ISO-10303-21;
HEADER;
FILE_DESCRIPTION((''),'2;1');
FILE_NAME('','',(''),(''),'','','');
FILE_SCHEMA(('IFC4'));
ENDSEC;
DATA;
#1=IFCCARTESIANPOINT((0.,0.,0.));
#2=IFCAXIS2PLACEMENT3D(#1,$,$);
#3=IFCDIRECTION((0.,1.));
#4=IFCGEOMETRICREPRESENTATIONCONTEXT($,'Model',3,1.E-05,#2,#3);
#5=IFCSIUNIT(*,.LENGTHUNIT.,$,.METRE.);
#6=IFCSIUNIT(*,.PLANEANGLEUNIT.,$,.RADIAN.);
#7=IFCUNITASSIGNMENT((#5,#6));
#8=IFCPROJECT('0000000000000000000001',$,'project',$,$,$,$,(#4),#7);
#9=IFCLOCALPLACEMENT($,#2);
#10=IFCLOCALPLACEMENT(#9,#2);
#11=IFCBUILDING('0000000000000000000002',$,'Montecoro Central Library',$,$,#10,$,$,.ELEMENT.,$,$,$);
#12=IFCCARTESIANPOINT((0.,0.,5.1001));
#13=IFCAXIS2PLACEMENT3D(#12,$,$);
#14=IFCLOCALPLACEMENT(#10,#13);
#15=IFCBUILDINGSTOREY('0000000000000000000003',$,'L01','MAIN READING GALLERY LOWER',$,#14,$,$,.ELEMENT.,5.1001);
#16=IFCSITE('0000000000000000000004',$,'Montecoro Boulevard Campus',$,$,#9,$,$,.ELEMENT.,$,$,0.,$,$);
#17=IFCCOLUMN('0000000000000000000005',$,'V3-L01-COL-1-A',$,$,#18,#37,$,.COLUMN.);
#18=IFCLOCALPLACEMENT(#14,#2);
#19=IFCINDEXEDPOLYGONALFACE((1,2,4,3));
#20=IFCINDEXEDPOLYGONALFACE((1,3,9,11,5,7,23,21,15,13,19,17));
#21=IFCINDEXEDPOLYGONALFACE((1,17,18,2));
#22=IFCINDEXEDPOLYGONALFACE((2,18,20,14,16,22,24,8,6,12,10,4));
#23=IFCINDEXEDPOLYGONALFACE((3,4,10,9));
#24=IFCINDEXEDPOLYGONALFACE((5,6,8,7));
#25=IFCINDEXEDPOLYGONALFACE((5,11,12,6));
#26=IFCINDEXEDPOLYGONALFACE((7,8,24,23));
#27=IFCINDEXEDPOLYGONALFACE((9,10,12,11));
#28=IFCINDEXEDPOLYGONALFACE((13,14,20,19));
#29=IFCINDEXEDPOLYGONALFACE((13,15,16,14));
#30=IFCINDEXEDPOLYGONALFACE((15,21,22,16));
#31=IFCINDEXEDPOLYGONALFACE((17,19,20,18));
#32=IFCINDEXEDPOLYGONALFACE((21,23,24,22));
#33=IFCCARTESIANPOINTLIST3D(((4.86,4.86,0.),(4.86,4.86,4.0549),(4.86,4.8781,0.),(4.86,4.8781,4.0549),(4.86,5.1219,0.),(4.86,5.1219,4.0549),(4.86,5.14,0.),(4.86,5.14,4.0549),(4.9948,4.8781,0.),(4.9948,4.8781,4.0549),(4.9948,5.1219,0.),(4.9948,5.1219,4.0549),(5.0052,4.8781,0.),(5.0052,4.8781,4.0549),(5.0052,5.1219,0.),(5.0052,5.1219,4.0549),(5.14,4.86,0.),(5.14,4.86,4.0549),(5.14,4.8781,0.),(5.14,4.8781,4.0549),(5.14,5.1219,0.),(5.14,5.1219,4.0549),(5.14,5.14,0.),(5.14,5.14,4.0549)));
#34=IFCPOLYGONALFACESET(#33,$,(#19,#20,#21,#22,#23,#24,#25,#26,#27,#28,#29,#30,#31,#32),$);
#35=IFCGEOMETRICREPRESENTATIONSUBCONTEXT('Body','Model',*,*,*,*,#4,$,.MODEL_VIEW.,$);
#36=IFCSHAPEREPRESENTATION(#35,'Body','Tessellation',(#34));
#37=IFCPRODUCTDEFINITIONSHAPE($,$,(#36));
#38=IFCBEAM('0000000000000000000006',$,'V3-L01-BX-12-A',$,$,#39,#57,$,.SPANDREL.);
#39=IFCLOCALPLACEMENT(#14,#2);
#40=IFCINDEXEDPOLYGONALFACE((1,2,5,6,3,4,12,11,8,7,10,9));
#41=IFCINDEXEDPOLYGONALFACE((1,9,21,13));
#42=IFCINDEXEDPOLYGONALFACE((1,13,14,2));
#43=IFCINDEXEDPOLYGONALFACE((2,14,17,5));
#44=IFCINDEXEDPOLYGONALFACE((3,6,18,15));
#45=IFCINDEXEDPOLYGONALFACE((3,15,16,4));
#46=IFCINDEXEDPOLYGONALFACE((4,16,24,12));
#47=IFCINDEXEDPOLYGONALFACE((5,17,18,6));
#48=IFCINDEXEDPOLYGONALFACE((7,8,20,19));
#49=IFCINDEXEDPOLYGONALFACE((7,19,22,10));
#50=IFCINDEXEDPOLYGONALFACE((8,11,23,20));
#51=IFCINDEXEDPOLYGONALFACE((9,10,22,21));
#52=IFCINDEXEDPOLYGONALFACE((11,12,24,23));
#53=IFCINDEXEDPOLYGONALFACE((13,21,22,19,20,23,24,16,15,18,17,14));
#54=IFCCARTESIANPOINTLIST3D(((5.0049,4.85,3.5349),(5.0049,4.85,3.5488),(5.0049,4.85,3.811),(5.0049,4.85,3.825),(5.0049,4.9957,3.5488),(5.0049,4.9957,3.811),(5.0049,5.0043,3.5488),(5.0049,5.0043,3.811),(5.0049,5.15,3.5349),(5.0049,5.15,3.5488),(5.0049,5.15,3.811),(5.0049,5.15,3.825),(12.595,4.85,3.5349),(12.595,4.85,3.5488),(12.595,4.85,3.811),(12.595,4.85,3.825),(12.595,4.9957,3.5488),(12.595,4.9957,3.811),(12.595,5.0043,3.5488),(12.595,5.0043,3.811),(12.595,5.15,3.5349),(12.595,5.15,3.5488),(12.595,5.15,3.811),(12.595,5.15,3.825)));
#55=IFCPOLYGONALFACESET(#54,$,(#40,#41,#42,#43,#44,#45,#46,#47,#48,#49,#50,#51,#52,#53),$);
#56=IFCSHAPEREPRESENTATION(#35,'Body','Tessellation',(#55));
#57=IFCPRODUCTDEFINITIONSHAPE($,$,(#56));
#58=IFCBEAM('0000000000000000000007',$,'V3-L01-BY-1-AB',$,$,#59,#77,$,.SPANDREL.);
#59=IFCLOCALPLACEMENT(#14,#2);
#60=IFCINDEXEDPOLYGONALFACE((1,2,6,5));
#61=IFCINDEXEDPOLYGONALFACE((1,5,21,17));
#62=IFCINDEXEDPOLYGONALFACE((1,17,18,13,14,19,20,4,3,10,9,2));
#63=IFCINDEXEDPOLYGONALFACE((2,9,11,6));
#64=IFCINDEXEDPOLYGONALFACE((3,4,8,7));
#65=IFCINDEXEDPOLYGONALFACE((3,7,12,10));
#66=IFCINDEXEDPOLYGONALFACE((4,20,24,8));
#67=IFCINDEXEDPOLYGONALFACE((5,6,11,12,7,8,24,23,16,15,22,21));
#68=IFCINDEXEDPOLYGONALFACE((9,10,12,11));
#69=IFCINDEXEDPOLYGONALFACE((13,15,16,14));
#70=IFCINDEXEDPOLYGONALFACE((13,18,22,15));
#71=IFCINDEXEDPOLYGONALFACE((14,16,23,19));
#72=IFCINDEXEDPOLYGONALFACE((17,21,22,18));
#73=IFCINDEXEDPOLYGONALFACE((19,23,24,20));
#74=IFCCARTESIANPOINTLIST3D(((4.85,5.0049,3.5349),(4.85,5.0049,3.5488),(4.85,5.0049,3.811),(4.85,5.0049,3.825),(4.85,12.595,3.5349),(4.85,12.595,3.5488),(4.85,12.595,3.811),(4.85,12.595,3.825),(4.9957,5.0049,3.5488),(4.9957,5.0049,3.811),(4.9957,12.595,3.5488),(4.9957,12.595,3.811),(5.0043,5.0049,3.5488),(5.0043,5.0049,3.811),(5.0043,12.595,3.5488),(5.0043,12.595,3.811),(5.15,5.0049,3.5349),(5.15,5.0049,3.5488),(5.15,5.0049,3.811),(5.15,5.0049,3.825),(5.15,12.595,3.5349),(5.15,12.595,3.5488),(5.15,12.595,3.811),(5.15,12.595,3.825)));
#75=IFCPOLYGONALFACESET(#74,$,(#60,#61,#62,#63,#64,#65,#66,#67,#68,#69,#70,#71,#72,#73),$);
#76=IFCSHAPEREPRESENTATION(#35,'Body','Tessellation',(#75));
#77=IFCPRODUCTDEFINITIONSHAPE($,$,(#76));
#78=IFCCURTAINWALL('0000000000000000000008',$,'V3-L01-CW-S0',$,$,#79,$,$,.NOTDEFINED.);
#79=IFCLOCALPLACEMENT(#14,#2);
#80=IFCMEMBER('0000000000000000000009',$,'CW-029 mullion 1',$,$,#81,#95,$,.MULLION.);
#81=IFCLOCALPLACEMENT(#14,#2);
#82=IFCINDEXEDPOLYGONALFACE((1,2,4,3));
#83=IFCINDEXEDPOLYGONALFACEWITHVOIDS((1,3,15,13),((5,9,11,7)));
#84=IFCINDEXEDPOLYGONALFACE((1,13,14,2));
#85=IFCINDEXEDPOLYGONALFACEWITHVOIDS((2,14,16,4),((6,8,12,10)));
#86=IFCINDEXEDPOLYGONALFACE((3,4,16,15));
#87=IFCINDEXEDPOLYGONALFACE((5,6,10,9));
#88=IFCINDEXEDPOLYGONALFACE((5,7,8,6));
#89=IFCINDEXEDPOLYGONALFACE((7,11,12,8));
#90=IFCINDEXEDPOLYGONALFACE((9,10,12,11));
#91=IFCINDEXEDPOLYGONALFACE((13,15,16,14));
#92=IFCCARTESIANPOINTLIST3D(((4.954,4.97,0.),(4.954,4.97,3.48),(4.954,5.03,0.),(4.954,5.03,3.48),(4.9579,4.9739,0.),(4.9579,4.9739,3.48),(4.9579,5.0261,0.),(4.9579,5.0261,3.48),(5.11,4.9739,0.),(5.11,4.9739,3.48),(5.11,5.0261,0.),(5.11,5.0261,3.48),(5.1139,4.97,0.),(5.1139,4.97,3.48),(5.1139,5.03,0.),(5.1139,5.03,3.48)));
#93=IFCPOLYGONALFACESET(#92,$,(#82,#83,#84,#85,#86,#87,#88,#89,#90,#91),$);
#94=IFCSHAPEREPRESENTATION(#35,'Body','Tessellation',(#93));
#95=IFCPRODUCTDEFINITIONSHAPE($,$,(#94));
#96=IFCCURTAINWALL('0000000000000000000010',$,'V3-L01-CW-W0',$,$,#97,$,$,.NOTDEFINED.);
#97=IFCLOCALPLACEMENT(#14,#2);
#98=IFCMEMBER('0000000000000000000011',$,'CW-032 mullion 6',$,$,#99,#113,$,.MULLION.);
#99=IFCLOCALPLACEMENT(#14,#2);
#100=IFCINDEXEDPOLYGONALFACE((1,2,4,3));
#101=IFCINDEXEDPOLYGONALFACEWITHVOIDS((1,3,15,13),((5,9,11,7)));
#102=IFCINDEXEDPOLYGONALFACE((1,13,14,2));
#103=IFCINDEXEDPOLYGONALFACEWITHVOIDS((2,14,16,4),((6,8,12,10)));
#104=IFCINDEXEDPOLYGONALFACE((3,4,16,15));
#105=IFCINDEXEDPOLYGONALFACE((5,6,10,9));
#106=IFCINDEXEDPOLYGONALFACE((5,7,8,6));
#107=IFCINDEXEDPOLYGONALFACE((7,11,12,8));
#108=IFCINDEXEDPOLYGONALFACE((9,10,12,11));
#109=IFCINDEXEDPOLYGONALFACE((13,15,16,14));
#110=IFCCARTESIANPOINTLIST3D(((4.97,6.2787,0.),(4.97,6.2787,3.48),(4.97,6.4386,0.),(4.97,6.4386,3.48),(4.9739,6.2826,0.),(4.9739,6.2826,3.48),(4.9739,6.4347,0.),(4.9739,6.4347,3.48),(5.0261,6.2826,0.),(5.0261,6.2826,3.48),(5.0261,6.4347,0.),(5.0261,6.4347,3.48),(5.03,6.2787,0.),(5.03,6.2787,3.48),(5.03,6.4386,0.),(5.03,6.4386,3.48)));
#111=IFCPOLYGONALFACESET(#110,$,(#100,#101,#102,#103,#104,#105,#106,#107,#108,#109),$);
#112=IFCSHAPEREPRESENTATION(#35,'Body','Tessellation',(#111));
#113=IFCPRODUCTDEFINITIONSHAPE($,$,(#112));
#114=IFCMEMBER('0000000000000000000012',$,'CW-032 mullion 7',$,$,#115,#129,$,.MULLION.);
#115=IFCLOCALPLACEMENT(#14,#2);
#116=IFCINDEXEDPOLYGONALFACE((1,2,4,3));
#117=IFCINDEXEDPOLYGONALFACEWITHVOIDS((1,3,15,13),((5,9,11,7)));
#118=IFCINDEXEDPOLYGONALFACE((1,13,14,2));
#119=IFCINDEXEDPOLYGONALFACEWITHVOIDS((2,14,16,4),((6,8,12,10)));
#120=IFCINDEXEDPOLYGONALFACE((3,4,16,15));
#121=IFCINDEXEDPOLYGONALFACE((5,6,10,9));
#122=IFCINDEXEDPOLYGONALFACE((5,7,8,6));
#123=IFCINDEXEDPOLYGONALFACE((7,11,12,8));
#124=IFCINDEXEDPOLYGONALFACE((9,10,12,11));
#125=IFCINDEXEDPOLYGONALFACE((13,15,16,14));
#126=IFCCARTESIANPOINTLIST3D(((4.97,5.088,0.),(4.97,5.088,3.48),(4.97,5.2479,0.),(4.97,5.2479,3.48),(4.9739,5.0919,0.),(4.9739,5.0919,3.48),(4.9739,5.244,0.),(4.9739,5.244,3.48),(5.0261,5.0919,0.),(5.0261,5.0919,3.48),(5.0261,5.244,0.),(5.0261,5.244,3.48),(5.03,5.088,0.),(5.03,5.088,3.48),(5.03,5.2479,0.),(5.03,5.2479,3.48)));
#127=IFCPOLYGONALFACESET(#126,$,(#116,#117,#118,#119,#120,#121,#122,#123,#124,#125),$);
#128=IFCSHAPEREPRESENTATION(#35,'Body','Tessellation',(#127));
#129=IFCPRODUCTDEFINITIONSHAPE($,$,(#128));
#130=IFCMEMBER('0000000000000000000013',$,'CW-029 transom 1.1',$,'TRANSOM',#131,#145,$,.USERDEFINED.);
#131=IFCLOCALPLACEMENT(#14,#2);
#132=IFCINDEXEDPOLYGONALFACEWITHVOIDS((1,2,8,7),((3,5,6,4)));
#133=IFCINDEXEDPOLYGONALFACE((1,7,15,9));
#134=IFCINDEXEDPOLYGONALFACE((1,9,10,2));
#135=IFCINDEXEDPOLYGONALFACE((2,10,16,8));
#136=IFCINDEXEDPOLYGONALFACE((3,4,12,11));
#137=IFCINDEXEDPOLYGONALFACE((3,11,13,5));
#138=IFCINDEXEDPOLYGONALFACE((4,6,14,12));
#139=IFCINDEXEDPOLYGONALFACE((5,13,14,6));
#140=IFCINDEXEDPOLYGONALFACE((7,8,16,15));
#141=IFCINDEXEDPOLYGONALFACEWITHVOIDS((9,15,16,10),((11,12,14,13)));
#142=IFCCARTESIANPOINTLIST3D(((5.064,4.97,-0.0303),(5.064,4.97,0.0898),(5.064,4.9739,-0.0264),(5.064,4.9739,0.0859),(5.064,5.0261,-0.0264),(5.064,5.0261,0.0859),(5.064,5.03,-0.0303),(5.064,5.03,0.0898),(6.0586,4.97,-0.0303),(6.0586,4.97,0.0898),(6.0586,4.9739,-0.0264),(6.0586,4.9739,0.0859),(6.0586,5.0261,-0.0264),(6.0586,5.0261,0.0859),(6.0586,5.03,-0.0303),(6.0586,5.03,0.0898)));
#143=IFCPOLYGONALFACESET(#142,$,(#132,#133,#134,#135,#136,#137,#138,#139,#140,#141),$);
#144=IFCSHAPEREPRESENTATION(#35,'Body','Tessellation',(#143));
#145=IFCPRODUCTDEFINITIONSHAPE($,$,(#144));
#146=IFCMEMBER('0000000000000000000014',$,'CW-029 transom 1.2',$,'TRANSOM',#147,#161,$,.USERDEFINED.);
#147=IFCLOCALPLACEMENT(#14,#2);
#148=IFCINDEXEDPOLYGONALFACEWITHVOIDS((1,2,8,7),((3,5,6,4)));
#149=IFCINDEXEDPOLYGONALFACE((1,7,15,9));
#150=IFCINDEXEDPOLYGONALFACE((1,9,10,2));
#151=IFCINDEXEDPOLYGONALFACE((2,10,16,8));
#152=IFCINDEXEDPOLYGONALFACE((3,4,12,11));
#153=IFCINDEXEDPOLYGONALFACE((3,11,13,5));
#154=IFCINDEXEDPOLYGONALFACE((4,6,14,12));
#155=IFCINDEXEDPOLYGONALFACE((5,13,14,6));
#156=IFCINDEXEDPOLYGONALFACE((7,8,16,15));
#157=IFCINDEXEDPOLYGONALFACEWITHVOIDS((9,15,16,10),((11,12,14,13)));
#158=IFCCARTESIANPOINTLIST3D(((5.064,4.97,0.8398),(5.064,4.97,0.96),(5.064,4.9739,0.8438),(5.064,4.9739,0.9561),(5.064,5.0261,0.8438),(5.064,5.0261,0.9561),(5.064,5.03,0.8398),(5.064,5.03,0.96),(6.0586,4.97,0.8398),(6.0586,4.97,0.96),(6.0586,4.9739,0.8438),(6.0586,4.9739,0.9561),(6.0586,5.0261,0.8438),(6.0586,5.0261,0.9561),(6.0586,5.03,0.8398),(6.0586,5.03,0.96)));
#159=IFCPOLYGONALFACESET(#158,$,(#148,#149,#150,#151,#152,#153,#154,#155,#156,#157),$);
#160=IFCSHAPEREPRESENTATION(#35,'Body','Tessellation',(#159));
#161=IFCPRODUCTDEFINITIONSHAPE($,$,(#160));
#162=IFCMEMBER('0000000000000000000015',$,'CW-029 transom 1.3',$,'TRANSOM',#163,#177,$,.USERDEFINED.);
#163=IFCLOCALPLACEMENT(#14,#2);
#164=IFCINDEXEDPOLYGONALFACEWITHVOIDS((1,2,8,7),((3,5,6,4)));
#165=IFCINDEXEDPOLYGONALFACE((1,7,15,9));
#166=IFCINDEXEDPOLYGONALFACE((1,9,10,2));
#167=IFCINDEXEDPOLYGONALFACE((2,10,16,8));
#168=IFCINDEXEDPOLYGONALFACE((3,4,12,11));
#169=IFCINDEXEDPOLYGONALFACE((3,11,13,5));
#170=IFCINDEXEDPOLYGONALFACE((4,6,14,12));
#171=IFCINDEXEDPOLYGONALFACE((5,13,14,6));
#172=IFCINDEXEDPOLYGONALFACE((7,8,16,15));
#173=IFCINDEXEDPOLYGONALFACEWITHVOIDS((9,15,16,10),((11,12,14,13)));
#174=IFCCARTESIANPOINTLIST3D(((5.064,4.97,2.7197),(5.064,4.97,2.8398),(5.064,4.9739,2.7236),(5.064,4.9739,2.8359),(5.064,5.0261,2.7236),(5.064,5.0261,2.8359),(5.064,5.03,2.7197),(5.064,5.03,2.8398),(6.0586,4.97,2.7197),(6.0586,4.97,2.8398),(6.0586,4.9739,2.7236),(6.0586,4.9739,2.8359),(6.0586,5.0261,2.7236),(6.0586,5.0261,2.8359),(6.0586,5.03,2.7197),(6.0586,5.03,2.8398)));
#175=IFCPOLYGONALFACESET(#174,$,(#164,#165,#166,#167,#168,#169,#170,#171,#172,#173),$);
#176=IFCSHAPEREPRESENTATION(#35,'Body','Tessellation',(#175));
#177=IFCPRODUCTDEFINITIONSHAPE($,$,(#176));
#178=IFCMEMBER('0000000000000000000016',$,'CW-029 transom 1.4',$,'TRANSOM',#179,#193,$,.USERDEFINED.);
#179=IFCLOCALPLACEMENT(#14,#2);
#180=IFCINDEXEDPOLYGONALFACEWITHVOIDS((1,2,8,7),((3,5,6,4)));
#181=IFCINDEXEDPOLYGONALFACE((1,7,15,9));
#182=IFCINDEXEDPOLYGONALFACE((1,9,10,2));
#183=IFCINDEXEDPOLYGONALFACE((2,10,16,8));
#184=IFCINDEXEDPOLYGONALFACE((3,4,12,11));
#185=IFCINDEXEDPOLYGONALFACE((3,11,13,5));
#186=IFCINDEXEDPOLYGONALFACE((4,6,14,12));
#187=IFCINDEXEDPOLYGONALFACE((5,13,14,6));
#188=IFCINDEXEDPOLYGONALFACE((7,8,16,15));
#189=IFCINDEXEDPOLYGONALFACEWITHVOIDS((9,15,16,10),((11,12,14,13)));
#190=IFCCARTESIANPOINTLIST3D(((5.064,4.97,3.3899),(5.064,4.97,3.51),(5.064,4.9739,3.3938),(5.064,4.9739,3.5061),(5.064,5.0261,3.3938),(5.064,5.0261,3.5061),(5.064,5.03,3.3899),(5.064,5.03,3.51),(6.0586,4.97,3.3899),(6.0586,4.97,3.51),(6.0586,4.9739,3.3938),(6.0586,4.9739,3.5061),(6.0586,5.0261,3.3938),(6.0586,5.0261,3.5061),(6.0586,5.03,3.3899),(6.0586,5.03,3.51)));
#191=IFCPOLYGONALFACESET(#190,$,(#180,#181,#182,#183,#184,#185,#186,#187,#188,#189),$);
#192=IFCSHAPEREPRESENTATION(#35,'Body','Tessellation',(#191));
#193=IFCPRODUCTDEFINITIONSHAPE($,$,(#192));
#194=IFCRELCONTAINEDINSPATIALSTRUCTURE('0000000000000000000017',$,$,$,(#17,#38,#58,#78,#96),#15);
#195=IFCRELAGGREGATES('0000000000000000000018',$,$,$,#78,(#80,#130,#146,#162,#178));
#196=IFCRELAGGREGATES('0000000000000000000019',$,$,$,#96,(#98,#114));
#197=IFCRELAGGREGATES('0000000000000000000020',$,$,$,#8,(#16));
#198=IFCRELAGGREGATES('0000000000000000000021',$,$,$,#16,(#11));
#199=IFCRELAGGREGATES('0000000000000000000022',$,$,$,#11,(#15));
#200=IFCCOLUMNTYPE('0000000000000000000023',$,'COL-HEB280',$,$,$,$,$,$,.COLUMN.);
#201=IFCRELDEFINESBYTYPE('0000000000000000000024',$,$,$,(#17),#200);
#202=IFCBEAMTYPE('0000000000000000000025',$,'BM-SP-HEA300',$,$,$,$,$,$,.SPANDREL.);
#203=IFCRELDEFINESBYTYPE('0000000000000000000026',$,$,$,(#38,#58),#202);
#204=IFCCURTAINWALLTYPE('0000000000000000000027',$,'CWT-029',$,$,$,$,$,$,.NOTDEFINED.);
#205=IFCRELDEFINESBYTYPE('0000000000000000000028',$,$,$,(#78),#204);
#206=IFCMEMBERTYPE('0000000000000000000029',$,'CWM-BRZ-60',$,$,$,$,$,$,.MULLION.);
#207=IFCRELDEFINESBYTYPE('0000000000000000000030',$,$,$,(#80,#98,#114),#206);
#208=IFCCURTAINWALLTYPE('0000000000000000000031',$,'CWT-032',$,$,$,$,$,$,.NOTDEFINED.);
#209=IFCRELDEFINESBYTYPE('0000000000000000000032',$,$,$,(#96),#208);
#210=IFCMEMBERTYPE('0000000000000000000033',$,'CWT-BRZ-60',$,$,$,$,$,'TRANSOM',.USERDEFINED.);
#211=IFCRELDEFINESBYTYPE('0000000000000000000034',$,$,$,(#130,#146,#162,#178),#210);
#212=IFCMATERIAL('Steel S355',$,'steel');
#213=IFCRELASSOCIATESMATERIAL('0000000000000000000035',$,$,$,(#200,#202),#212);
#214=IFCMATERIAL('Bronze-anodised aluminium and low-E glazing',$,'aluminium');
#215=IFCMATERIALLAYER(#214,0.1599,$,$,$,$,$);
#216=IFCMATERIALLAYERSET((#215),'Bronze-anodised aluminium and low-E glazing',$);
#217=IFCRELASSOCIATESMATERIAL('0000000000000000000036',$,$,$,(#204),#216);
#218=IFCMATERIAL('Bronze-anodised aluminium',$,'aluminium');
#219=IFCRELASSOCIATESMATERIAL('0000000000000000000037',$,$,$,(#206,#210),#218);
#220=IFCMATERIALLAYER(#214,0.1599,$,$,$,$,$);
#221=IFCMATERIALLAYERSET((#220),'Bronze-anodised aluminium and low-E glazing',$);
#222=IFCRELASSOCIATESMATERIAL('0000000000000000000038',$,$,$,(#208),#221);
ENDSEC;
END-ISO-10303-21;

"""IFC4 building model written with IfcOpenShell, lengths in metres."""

from ifc_helpers import new_model, si_unit, direction, frame, origin, origin_2d, place, context, subcontext, project, spatial, hollow_rectangle, i_section, extrude, material, layer, layer_set, material_profile, profile_set, type_object, element, aggregate, save


model = new_model("IFC4")

# Units and contexts
model_context = context("Model", 3, precision=1e-05, world=origin(), true_north=direction((0.0, 1.0)))
body_context = subcontext(model_context, "Body", "Model", "MODEL_VIEW")
ifc_project = project(units=[si_unit("LENGTHUNIT", "METRE"), si_unit("PLANEANGLEUNIT", "RADIAN")], contexts=[model_context])

# Site, building, storey
site_placement = place(None, origin())
site = spatial("IfcSite", under=ifc_project, at=site_placement, Name="Montecoro Boulevard Campus", CompositionType="ELEMENT", RefElevation=0.0)
building_placement = place(site_placement, origin())
building = spatial("IfcBuilding", under=site, at=building_placement, Name="Montecoro Central Library", CompositionType="ELEMENT")
storey_placement = place(building_placement, frame((0.0, 0.0, 5.1001)))
storey = spatial("IfcBuildingStorey", under=building, at=storey_placement, Name="L01", Description="MAIN READING GALLERY LOWER", CompositionType="ELEMENT", Elevation=5.1001)

# Column
ifc_material_1 = material(Name="Steel S355", Category="steel")
ifc_material_profile_1 = material_profile(ifc_material_1, i_section(OverallWidth=0.28, OverallDepth=0.28, WebThickness=0.0105, FlangeThickness=0.0181, at=origin_2d()), Name="HEB 280")
ifc_profile_set_1 = profile_set([ifc_material_profile_1], Name="Steel S355")
column_type = type_object("IfcColumnType", Name="COL-HEB280", PredefinedType="COLUMN", material=ifc_profile_set_1)
column_placement = place(storey_placement, frame((5.0, 5.0, 0.0), z_axis=(0.0, 0.0, 1.0), x_axis=(1.0, 0.0, 0.0)))
element("IfcColumn", 1, at=column_placement, inside=storey, type_object=column_type, Name="V3-L01-COL-1-A", PredefinedType="COLUMN", context=body_context, shape_type="SweptSolid", body=[
    extrude(i_section(OverallWidth=0.28, OverallDepth=0.28, WebThickness=0.0105, FlangeThickness=0.0181, at=origin_2d()), origin(), (0.0, 0.0, 1.0), 4.0549),
])

# Beams
ifc_material_profile_2 = material_profile(ifc_material_1, i_section(OverallWidth=0.3, OverallDepth=0.29, WebThickness=0.0085, FlangeThickness=0.0139, at=origin_2d()), Name="HEA 300")
ifc_profile_set_2 = profile_set([ifc_material_profile_2], Name="Steel S355")
beam_type = type_object("IfcBeamType", Name="BM-SP-HEA300", PredefinedType="SPANDREL", material=ifc_profile_set_2)
for number, where, z_axis, x_axis, name in (
    (2, (5.0049, 5.0, 3.6799), (1.0, 0.0, 0.0), (0.0, 1.0, 0.0), "V3-L01-BX-12-A"),
    (3, (5.0, 5.0049, 3.6799), (0.0, 1.0, 0.0), (-1.0, 0.0, 0.0), "V3-L01-BY-1-AB"),
):
    element("IfcBeam", number, at=place(storey_placement, frame(where, z_axis=z_axis, x_axis=x_axis)), inside=storey, type_object=beam_type, Name=name, PredefinedType="SPANDREL", context=body_context, shape_type="SweptSolid", body=[
        extrude(i_section(OverallWidth=0.3, OverallDepth=0.29, WebThickness=0.0085, FlangeThickness=0.0139, at=origin_2d()), origin(), (0.0, 0.0, 1.0), 7.5901),
    ])

# Curtain wall, member
ifc_material_2 = material(Name="Bronze-anodised aluminium and low-E glazing", Category="aluminium")
ifc_layer_1 = layer(ifc_material_2, 0.1599)
ifc_layer_set_1 = layer_set([ifc_layer_1], Name="Bronze-anodised aluminium and low-E glazing")
curtain_wall_type_1 = type_object("IfcCurtainWallType", Name="CWT-029", PredefinedType="NOTDEFINED", material=ifc_layer_set_1)
curtain_wall_1_placement = place(storey_placement, origin())
curtain_wall_1 = element("IfcCurtainWall", 4, at=curtain_wall_1_placement, inside=storey, type_object=curtain_wall_type_1, Name="V3-L01-CW-S0", PredefinedType="NOTDEFINED")
ifc_material_3 = material(Name="Bronze-anodised aluminium", Category="aluminium")
ifc_material_profile_3 = material_profile(ifc_material_3, hollow_rectangle(XDim=0.0601, YDim=0.1599, WallThickness=0.0039, at=origin_2d()), Name="CWM 160x60x4.0")
ifc_profile_set_3 = profile_set([ifc_material_profile_3], Name="Bronze-anodised aluminium")
member_type_1 = type_object("IfcMemberType", Name="CWM-BRZ-60", PredefinedType="MULLION", material=ifc_profile_set_3)
member_1_placement = place(storey_placement, frame((5.0339, 5.0, 0.0), z_axis=(0.0, 0.0, 1.0), x_axis=(0.0, 1.0, 0.0)))
member_1 = element("IfcMember", 5, at=member_1_placement, type_object=member_type_1, Name="CW-029 mullion 1", PredefinedType="MULLION", context=body_context, shape_type="SweptSolid", body=[
    extrude(hollow_rectangle(XDim=0.0601, YDim=0.1599, WallThickness=0.0039, at=origin_2d()), origin(), (0.0, 0.0, 1.0), 3.48),
])

# Curtain wall, members
ifc_layer_2 = layer(ifc_material_2, 0.1599)
ifc_layer_set_2 = layer_set([ifc_layer_2], Name="Bronze-anodised aluminium and low-E glazing")
curtain_wall_type_2 = type_object("IfcCurtainWallType", Name="CWT-032", PredefinedType="NOTDEFINED", material=ifc_layer_set_2)
curtain_wall_2_placement = place(storey_placement, origin())
curtain_wall_2 = element("IfcCurtainWall", 6, at=curtain_wall_2_placement, inside=storey, type_object=curtain_wall_type_2, Name="V3-L01-CW-W0", PredefinedType="NOTDEFINED")
member_2_placement = place(storey_placement, frame((5.0, 6.3586, 0.0), z_axis=(0.0, 0.0, 1.0), x_axis=(1.0, 0.0, 0.0)))
member_2 = element("IfcMember", 7, at=member_2_placement, type_object=member_type_1, Name="CW-032 mullion 6", PredefinedType="MULLION", context=body_context, shape_type="SweptSolid", body=[
    extrude(hollow_rectangle(XDim=0.0601, YDim=0.1599, WallThickness=0.0039, at=origin_2d()), origin(), (0.0, 0.0, 1.0), 3.48),
])
member_3_placement = place(storey_placement, frame((5.0, 5.168, 0.0), z_axis=(0.0, 0.0, 1.0), x_axis=(1.0, 0.0, 0.0)))
member_3 = element("IfcMember", 8, at=member_3_placement, type_object=member_type_1, Name="CW-032 mullion 7", PredefinedType="MULLION", context=body_context, shape_type="SweptSolid", body=[
    extrude(hollow_rectangle(XDim=0.0601, YDim=0.1599, WallThickness=0.0039, at=origin_2d()), origin(), (0.0, 0.0, 1.0), 3.48),
])

# Members
ifc_material_profile_4 = material_profile(ifc_material_3, hollow_rectangle(XDim=0.0601, YDim=0.1201, WallThickness=0.0039, at=origin_2d()), Name="CWT 120x60x4.0")
ifc_profile_set_4 = profile_set([ifc_material_profile_4], Name="Bronze-anodised aluminium")
member_type_2 = type_object("IfcMemberType", Name="CWT-BRZ-60", ElementType="TRANSOM", PredefinedType="USERDEFINED", material=ifc_profile_set_4)
member_4_placement = place(storey_placement, frame((5.064, 5.0, 0.0298), z_axis=(1.0, 0.0, 0.0), x_axis=(0.0, 1.0, 0.0)))
member_4 = element("IfcMember", 9, at=member_4_placement, type_object=member_type_2, Name="CW-029 transom 1.1", ObjectType="TRANSOM", PredefinedType="USERDEFINED", context=body_context, shape_type="SweptSolid", body=[
    extrude(hollow_rectangle(XDim=0.0601, YDim=0.1201, WallThickness=0.0039, at=origin_2d()), origin(), (0.0, 0.0, 1.0), 0.9946),
])
member_5_placement = place(storey_placement, frame((5.064, 5.0, 0.8999), z_axis=(1.0, 0.0, 0.0), x_axis=(0.0, 1.0, 0.0)))
member_5 = element("IfcMember", 10, at=member_5_placement, type_object=member_type_2, Name="CW-029 transom 1.2", ObjectType="TRANSOM", PredefinedType="USERDEFINED", context=body_context, shape_type="SweptSolid", body=[
    extrude(hollow_rectangle(XDim=0.0601, YDim=0.1201, WallThickness=0.0039, at=origin_2d()), origin(), (0.0, 0.0, 1.0), 0.9946),
])
member_6_placement = place(storey_placement, frame((5.064, 5.0, 2.7798), z_axis=(1.0, 0.0, 0.0), x_axis=(0.0, 1.0, 0.0)))
member_6 = element("IfcMember", 11, at=member_6_placement, type_object=member_type_2, Name="CW-029 transom 1.3", ObjectType="TRANSOM", PredefinedType="USERDEFINED", context=body_context, shape_type="SweptSolid", body=[
    extrude(hollow_rectangle(XDim=0.0601, YDim=0.1201, WallThickness=0.0039, at=origin_2d()), origin(), (0.0, 0.0, 1.0), 0.9946),
])
member_7_placement = place(storey_placement, frame((5.064, 5.0, 3.45), z_axis=(1.0, 0.0, 0.0), x_axis=(0.0, 1.0, 0.0)))
member_7 = element("IfcMember", 12, at=member_7_placement, type_object=member_type_2, Name="CW-029 transom 1.4", ObjectType="TRANSOM", PredefinedType="USERDEFINED", context=body_context, shape_type="SweptSolid", body=[
    extrude(hollow_rectangle(XDim=0.0601, YDim=0.1201, WallThickness=0.0039, at=origin_2d()), origin(), (0.0, 0.0, 1.0), 0.9946),
])

aggregate(curtain_wall_1, [member_1, member_4, member_5, member_6, member_7])
aggregate(curtain_wall_2, [member_2, member_3])

save(model, "model.ifc")
